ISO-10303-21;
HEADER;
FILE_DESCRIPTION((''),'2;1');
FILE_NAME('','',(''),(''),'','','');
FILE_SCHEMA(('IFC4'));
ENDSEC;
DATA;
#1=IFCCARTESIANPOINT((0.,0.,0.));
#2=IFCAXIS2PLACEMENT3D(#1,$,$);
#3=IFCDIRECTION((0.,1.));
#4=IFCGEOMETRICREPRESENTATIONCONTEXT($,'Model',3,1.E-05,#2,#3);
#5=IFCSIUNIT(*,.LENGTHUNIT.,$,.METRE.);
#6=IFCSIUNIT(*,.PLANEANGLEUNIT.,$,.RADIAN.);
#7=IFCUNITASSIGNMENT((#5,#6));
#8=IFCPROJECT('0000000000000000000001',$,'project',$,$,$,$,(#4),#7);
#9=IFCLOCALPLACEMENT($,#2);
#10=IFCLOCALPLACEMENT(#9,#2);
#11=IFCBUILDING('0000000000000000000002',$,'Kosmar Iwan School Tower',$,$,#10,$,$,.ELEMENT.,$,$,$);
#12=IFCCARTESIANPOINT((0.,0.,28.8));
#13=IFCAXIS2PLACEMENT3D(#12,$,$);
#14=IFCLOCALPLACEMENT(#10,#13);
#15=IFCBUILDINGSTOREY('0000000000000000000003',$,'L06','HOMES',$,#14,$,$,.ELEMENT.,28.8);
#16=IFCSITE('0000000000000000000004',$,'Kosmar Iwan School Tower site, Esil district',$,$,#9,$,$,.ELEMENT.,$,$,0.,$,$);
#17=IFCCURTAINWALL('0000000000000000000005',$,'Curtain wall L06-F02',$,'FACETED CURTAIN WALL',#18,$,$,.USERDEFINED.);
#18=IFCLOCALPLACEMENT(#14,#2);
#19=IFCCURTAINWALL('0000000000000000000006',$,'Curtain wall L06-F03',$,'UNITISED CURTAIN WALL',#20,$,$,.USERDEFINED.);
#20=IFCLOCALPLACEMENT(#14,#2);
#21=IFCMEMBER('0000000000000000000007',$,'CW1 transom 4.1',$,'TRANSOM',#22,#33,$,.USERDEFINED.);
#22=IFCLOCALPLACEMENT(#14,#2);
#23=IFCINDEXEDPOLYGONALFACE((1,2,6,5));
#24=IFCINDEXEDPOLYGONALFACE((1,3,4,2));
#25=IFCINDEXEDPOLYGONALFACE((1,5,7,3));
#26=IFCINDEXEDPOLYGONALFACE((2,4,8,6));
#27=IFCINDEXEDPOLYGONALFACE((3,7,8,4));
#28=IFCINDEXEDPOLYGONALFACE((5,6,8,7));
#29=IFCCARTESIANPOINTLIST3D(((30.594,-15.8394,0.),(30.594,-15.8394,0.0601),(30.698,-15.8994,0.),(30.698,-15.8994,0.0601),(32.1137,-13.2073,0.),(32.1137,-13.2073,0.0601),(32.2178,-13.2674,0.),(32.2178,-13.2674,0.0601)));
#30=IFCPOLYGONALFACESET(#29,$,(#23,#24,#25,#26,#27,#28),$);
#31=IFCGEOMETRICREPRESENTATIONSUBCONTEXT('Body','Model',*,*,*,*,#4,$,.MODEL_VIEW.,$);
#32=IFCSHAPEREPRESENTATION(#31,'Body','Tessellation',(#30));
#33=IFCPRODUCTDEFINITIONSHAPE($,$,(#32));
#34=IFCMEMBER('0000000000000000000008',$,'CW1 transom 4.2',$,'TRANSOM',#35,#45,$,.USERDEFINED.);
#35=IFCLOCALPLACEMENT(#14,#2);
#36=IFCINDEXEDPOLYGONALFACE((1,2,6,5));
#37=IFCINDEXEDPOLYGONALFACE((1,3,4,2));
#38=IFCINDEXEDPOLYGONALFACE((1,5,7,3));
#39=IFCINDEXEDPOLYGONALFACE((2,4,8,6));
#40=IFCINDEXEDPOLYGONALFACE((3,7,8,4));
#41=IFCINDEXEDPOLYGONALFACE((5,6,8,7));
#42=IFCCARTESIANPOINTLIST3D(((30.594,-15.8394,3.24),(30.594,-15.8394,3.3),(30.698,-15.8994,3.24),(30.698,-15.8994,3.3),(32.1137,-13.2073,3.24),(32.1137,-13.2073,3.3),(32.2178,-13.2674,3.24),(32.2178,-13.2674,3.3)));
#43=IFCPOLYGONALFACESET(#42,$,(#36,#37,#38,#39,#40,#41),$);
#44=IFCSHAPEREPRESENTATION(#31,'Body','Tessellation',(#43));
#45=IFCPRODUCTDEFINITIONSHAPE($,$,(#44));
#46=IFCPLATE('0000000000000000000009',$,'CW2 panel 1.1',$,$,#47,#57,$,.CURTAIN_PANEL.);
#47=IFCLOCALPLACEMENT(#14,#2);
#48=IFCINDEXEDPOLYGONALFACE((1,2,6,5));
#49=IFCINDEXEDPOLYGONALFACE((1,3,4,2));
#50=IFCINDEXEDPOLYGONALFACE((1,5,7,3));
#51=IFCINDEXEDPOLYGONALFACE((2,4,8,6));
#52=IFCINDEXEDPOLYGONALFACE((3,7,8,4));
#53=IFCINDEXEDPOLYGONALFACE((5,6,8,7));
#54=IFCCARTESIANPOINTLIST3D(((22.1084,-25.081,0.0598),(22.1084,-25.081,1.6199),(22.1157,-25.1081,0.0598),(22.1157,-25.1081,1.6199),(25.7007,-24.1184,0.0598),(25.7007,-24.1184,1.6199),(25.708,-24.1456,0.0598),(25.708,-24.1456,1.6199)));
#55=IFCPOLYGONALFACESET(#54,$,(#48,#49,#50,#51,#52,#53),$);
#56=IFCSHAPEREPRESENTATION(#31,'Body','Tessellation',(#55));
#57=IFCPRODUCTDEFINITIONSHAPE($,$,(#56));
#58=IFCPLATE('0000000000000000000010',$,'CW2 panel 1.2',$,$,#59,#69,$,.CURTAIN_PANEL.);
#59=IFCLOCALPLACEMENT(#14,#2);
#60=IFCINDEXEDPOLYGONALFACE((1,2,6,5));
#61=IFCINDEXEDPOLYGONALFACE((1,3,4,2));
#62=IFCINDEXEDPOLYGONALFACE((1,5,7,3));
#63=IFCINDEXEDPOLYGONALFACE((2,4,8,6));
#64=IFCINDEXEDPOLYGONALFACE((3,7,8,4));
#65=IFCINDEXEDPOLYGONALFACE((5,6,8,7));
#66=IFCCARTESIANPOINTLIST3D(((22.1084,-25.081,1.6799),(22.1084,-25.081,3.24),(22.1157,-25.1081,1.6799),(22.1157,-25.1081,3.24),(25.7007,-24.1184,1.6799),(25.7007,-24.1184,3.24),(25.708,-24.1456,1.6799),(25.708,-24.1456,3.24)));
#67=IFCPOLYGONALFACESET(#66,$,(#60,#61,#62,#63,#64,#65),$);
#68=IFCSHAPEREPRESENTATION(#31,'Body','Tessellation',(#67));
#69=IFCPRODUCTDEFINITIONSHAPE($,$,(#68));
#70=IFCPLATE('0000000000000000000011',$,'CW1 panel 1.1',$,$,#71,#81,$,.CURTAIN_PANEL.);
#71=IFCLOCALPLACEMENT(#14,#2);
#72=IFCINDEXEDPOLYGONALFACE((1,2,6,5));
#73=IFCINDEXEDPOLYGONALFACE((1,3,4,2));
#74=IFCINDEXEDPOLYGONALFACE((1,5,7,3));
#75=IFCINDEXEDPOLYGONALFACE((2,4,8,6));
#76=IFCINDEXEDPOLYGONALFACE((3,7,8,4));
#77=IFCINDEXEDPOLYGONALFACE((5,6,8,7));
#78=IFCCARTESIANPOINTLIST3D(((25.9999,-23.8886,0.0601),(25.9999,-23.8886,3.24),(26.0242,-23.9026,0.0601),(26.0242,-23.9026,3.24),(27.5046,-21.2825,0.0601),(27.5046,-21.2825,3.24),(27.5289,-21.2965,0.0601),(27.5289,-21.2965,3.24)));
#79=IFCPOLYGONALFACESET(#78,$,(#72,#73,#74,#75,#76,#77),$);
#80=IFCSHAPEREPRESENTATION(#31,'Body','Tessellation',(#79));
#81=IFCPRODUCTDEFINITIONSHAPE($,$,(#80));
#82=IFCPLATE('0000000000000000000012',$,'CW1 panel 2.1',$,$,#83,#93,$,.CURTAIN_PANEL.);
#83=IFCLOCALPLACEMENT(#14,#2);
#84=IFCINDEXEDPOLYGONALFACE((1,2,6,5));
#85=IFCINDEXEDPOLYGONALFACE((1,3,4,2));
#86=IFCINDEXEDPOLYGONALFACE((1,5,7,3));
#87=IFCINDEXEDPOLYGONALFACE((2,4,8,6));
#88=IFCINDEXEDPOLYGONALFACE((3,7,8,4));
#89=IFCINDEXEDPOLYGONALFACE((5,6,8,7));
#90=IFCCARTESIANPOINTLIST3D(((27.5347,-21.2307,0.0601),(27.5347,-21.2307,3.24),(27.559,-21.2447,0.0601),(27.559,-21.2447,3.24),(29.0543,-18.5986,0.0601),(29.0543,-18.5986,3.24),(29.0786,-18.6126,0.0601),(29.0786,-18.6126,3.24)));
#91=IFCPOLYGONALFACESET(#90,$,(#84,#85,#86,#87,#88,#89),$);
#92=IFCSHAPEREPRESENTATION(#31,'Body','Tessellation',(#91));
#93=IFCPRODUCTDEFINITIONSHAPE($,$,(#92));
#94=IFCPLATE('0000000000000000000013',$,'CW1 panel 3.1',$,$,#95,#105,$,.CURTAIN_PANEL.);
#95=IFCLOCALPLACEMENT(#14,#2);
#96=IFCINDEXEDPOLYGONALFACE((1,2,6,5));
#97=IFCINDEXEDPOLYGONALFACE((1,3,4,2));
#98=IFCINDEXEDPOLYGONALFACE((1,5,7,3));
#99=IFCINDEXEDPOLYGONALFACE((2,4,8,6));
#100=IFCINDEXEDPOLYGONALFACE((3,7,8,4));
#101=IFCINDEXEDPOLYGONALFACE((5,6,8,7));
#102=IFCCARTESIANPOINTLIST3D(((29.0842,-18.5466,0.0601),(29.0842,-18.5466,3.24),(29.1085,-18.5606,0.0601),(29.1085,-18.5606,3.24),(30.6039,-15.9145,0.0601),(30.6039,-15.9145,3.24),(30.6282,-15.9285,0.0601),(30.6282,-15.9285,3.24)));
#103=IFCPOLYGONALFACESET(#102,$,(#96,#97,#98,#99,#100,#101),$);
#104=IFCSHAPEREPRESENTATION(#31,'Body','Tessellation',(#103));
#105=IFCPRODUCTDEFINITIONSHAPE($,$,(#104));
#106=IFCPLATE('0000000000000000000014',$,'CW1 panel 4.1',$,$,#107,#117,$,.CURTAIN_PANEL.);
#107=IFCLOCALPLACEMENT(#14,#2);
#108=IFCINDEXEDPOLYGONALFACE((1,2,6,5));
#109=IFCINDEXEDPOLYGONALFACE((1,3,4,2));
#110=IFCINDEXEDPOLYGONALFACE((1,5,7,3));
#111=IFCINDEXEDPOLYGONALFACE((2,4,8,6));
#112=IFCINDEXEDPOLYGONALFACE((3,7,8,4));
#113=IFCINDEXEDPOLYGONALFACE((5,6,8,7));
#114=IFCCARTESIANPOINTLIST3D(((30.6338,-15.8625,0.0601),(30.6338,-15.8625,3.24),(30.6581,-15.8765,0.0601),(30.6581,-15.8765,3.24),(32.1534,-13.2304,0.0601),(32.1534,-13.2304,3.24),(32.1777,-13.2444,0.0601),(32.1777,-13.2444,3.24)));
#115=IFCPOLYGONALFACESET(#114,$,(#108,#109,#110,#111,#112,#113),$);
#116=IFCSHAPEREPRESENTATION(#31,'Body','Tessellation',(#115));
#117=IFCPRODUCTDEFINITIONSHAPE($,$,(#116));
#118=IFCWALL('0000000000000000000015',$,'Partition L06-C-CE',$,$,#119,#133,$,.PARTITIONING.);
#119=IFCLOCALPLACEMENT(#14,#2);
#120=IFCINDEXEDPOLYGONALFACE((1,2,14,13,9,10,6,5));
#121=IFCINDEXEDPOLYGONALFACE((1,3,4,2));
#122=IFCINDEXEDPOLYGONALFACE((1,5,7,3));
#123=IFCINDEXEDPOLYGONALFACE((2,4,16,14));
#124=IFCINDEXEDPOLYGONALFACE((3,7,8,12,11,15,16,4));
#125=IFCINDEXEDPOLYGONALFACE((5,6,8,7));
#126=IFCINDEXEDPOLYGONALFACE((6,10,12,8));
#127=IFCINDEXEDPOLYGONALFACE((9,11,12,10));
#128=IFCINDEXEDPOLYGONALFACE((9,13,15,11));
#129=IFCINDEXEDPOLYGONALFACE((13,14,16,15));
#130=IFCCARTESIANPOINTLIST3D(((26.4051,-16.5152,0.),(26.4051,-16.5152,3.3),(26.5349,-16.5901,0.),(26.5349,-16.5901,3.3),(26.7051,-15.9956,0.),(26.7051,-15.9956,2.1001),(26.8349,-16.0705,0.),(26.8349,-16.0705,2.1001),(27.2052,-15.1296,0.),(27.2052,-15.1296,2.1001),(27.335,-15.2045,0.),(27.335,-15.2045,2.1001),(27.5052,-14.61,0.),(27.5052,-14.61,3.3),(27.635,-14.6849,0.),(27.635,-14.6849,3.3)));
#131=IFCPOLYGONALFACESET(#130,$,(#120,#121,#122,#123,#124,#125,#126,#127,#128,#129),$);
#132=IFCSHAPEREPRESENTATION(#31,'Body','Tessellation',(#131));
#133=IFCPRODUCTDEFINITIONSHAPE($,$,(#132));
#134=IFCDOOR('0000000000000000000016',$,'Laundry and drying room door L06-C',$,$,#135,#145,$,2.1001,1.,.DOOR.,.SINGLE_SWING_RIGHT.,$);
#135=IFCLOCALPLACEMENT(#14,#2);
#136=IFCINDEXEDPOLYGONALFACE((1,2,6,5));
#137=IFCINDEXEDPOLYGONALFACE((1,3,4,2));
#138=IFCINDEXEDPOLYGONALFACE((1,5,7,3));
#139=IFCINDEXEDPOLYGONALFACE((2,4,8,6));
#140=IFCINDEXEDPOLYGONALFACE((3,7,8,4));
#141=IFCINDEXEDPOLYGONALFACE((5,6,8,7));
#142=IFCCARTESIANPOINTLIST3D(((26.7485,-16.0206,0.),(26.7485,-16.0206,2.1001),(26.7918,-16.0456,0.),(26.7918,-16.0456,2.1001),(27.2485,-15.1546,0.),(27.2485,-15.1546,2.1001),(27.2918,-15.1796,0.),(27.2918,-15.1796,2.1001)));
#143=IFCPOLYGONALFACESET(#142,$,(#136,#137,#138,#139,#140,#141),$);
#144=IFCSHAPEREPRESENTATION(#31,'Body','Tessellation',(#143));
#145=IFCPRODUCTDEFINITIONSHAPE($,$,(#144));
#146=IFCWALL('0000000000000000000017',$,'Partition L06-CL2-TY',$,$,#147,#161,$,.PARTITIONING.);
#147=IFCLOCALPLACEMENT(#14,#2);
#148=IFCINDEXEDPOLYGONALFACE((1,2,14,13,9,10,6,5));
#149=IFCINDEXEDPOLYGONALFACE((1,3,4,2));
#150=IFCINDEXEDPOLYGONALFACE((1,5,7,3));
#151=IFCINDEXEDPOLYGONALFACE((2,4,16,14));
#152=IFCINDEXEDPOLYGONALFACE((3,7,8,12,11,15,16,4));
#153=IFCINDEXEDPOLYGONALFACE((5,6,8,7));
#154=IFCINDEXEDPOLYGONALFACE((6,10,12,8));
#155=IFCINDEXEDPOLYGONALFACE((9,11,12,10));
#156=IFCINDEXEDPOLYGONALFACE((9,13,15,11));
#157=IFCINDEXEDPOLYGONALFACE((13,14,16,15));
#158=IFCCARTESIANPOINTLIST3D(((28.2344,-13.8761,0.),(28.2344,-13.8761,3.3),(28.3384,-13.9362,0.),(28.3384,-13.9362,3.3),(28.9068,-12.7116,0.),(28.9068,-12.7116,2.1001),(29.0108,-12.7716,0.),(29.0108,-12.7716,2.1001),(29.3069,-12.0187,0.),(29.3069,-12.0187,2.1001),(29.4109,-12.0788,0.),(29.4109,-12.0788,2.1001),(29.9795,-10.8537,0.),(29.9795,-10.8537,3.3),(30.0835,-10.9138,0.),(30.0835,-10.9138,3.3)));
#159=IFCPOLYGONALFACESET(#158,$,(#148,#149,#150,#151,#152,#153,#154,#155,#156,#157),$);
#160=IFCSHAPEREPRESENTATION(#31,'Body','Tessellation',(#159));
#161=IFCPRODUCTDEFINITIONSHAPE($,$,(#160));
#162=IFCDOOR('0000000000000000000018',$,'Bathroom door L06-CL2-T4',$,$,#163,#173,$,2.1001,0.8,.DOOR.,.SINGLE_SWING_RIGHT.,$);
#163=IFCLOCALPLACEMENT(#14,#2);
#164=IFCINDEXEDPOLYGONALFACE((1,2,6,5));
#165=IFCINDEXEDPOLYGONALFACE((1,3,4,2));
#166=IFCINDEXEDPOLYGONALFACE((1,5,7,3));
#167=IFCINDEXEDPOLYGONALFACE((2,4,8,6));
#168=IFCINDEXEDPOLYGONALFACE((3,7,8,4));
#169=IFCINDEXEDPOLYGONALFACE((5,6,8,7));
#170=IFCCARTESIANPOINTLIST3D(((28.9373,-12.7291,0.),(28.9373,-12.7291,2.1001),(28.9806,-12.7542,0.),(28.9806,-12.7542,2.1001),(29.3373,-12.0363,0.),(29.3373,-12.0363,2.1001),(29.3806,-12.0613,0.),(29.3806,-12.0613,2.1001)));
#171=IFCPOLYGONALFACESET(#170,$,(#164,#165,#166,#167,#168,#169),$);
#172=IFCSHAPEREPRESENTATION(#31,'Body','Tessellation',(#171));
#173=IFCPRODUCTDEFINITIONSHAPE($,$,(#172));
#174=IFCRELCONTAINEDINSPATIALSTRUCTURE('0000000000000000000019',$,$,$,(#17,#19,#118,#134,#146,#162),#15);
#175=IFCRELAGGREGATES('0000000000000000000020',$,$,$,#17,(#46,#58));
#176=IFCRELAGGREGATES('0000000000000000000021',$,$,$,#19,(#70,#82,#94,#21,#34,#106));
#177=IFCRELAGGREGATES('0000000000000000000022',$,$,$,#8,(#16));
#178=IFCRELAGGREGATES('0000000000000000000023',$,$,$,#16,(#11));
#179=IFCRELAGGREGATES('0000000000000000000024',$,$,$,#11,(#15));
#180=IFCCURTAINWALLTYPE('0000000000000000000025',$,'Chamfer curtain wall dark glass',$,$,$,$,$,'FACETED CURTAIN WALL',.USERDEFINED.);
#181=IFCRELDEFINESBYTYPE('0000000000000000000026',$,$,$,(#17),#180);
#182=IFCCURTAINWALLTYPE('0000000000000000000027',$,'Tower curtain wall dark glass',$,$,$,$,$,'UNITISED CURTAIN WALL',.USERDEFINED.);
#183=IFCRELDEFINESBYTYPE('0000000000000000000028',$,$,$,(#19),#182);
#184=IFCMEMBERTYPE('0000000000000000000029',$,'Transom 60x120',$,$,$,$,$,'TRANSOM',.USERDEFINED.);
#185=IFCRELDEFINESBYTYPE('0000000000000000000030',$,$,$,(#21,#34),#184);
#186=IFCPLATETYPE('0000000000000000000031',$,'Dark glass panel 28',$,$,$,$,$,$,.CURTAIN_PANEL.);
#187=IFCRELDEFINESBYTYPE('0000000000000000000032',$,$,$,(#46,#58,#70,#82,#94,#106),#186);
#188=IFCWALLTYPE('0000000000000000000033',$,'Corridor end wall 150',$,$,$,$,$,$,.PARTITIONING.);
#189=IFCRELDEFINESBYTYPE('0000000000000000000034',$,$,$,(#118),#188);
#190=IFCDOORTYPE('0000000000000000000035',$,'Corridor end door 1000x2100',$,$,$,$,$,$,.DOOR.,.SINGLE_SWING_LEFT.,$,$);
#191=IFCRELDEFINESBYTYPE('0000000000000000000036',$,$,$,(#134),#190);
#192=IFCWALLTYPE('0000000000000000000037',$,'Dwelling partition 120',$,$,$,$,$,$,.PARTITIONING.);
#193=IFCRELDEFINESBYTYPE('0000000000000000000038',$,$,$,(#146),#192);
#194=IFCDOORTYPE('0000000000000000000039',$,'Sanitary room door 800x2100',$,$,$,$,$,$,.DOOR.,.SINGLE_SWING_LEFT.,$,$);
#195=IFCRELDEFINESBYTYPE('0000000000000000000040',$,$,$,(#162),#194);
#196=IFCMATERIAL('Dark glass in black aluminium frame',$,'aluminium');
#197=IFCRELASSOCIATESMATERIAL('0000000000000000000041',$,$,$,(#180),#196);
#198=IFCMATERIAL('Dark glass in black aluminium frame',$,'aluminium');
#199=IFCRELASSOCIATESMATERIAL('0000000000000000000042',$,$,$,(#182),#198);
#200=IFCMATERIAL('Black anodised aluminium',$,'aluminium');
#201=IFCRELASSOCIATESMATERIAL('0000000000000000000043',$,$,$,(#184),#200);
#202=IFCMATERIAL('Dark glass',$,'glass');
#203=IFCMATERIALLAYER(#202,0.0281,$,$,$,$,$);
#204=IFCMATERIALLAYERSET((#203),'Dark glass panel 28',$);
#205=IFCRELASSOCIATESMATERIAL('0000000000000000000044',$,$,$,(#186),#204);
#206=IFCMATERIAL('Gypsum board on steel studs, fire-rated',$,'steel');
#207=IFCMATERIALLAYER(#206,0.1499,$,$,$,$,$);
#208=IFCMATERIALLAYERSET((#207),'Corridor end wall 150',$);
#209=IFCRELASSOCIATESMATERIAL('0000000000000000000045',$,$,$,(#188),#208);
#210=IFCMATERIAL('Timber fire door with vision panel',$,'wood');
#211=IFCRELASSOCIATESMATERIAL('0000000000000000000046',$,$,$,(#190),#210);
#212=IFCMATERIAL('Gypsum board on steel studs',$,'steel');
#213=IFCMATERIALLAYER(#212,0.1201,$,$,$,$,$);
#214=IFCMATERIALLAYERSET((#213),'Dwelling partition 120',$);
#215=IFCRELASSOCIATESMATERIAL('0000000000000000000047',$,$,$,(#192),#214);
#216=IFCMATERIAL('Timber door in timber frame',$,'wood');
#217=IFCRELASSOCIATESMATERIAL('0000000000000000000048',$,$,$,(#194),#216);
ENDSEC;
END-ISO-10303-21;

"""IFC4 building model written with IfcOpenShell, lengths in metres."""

from ifc_helpers import new_model, si_unit, direction, frame, frame_2d, origin, origin_2d, place, context, subcontext, project, spatial, rectangle, extrude, material, layer, layer_set, material_profile, profile_set, type_object, element, fill, aggregate, save


model = new_model("IFC4")

# Units and contexts
model_context = context("Model", 3, precision=1e-05, world=origin(), true_north=direction((0.0, 1.0)))
body_context = subcontext(model_context, "Body", "Model", "MODEL_VIEW")
ifc_project = project(units=[si_unit("LENGTHUNIT", "METRE"), si_unit("PLANEANGLEUNIT", "RADIAN")], contexts=[model_context])

# Site, building, storey
site_placement = place(None, origin())
site = spatial("IfcSite", under=ifc_project, at=site_placement, Name="Kosmar Iwan School Tower site, Esil district", CompositionType="ELEMENT", RefElevation=0.0)
building_placement = place(site_placement, origin())
building = spatial("IfcBuilding", under=site, at=building_placement, Name="Kosmar Iwan School Tower", CompositionType="ELEMENT")
storey_placement = place(building_placement, frame((0.0, 0.0, 28.8)))
storey = spatial("IfcBuildingStorey", under=building, at=storey_placement, Name="L06", Description="HOMES", CompositionType="ELEMENT", Elevation=28.8)

# Curtain wall
ifc_material_1 = material(Name="Dark glass in black aluminium frame", Category="aluminium")
curtain_wall_type_1 = type_object("IfcCurtainWallType", Name="Chamfer curtain wall dark glass", ElementType="FACETED CURTAIN WALL", PredefinedType="USERDEFINED", material=ifc_material_1)
curtain_wall_1_placement = place(storey_placement, origin())
curtain_wall_1 = element("IfcCurtainWall", 1, at=curtain_wall_1_placement, inside=storey, type_object=curtain_wall_type_1, Name="Curtain wall L06-F02", ObjectType="FACETED CURTAIN WALL", PredefinedType="USERDEFINED")

# Curtain wall, members
ifc_material_2 = material(Name="Dark glass in black aluminium frame", Category="aluminium")
curtain_wall_type_2 = type_object("IfcCurtainWallType", Name="Tower curtain wall dark glass", ElementType="UNITISED CURTAIN WALL", PredefinedType="USERDEFINED", material=ifc_material_2)
curtain_wall_2_placement = place(storey_placement, origin())
curtain_wall_2 = element("IfcCurtainWall", 2, at=curtain_wall_2_placement, inside=storey, type_object=curtain_wall_type_2, Name="Curtain wall L06-F03", ObjectType="UNITISED CURTAIN WALL", PredefinedType="USERDEFINED")
ifc_material_3 = material(Name="Black anodised aluminium", Category="aluminium")
ifc_material_profile_1 = material_profile(ifc_material_3, rectangle(XDim=0.1201, YDim=0.0601, at=origin_2d()), Name="TRANSOM 60x120")
ifc_profile_set_1 = profile_set([ifc_material_profile_1], Name="Black anodised aluminium")
member_type_1 = type_object("IfcMemberType", Name="Transom 60x120", ElementType="TRANSOM", PredefinedType="USERDEFINED", material=ifc_profile_set_1)
member_1_placement = place(storey_placement, frame((30.646, -15.8694, 0.03), z_axis=(0.500035, 0.866005, 0.0), x_axis=(-0.866005, 0.500035, 0.0)))
member_1 = element("IfcMember", 3, at=member_1_placement, type_object=member_type_1, Name="CW1 transom 4.1", ObjectType="TRANSOM", PredefinedType="USERDEFINED", context=body_context, shape_type="SweptSolid", body=[
    extrude(rectangle(XDim=0.1201, YDim=0.0601, at=origin_2d()), origin(), (0.0, 0.0, 1.0), 3.0393),
])
member_2_placement = place(storey_placement, frame((30.646, -15.8694, 3.27), z_axis=(0.500035, 0.866005, 0.0), x_axis=(-0.866005, 0.500035, 0.0)))
member_2 = element("IfcMember", 4, at=member_2_placement, type_object=member_type_1, Name="CW1 transom 4.2", ObjectType="TRANSOM", PredefinedType="USERDEFINED", context=body_context, shape_type="SweptSolid", body=[
    extrude(rectangle(XDim=0.1201, YDim=0.0601, at=origin_2d()), origin(), (0.0, 0.0, 1.0), 3.0393),
])

# Plates
ifc_material_4 = material(Name="Dark glass", Category="glass")
ifc_layer_1 = layer(ifc_material_4, 0.0281)
ifc_layer_set_1 = layer_set([ifc_layer_1], Name="Dark glass panel 28")
plate_type = type_object("IfcPlateType", Name="Dark glass panel 28", PredefinedType="CURTAIN_PANEL", material=ifc_layer_set_1)
plate_1_placement = place(storey_placement, frame((23.9082, -24.6133, 0.0598), z_axis=(0.0, 0.0, 1.0), x_axis=(0.965926, 0.258819, 0.0)))
plate_1 = element("IfcPlate", 5, at=plate_1_placement, type_object=plate_type, Name="CW2 panel 1.1", PredefinedType="CURTAIN_PANEL", context=body_context, shape_type="SweptSolid", body=[
    extrude(rectangle(XDim=3.719, YDim=0.0281, at=origin_2d()), origin(), (0.0, 0.0, 1.0), 1.5601),
])
plate_2_placement = place(storey_placement, frame((23.9082, -24.6133, 1.6799), z_axis=(0.0, 0.0, 1.0), x_axis=(0.965926, 0.258819, 0.0)))
plate_2 = element("IfcPlate", 6, at=plate_2_placement, type_object=plate_type, Name="CW2 panel 1.2", PredefinedType="CURTAIN_PANEL", context=body_context, shape_type="SweptSolid", body=[
    extrude(rectangle(XDim=3.719, YDim=0.0281, at=origin_2d()), origin(), (0.0, 0.0, 1.0), 1.5601),
])
aggregate(curtain_wall_1, [plate_1, plate_2])
plate_3_placement = place(storey_placement, frame((26.7644, -22.5925, 0.0601), z_axis=(0.0, 0.0, 1.0), x_axis=(0.5, 0.866025, 0.0)))
plate_3 = element("IfcPlate", 7, at=plate_3_placement, type_object=plate_type, Name="CW1 panel 1.1", PredefinedType="CURTAIN_PANEL", context=body_context, shape_type="SweptSolid", body=[
    extrude(rectangle(XDim=3.0093, YDim=0.0281, at=origin_2d()), origin(), (0.0, 0.0, 1.0), 3.1799),
])
plate_4_placement = place(storey_placement, frame((28.3066, -19.9216, 0.0601), z_axis=(0.0, 0.0, 1.0), x_axis=(0.5, 0.866025, 0.0)))
plate_4 = element("IfcPlate", 8, at=plate_4_placement, type_object=plate_type, Name="CW1 panel 2.1", PredefinedType="CURTAIN_PANEL", context=body_context, shape_type="SweptSolid", body=[
    extrude(rectangle(XDim=3.0393, YDim=0.0281, at=origin_2d()), origin(), (0.0, 0.0, 1.0), 3.1799),
])
plate_5_placement = place(storey_placement, frame((29.8562, -17.2375, 0.0601), z_axis=(0.0, 0.0, 1.0), x_axis=(0.5, 0.866025, 0.0)))
plate_5 = element("IfcPlate", 9, at=plate_5_placement, type_object=plate_type, Name="CW1 panel 3.1", PredefinedType="CURTAIN_PANEL", context=body_context, shape_type="SweptSolid", body=[
    extrude(rectangle(XDim=3.0393, YDim=0.0281, at=origin_2d()), origin(), (0.0, 0.0, 1.0), 3.1799),
])
plate_6_placement = place(storey_placement, frame((31.4058, -14.5535, 0.0601), z_axis=(0.0, 0.0, 1.0), x_axis=(0.5, 0.866025, 0.0)))
plate_6 = element("IfcPlate", 10, at=plate_6_placement, type_object=plate_type, Name="CW1 panel 4.1", PredefinedType="CURTAIN_PANEL", context=body_context, shape_type="SweptSolid", body=[
    extrude(rectangle(XDim=3.0393, YDim=0.0281, at=origin_2d()), origin(), (0.0, 0.0, 1.0), 3.1799),
])
aggregate(curtain_wall_2, [plate_3, plate_4, plate_5, member_1, member_2, plate_6])

# Walls, openings, doors
ifc_material_5 = material(Name="Gypsum board on steel studs, fire-rated", Category="steel")
ifc_layer_2 = layer(ifc_material_5, 0.1499)
ifc_layer_set_2 = layer_set([ifc_layer_2], Name="Corridor end wall 150")
wall_type_1 = type_object("IfcWallType", Name="Corridor end wall 150", PredefinedType="PARTITIONING", material=ifc_layer_set_2)
wall_1_placement = place(storey_placement, frame((26.47, -16.5527, 0.0), z_axis=(0.0, 0.0, 1.0), x_axis=(0.50003, 0.866008, 0.0)))
wall_1 = element("IfcWall", 11, at=wall_1_placement, inside=storey, type_object=wall_type_1, Name="Partition L06-C-CE", PredefinedType="PARTITIONING", context=body_context, shape_type="SweptSolid", body=[
    extrude(rectangle(XDim=2.2, YDim=0.1499, at=frame_2d((1.1001, 0.0))), origin(), (0.0, 0.0, 1.0), 3.3),
])
opening_1_placement = place(wall_1_placement, frame((0.6001, 0.0, 0.0)))
opening_1 = element("IfcOpeningElement", 12, at=opening_1_placement, cuts=wall_1, PredefinedType="OPENING", context=body_context, shape_type="SweptSolid", body=[
    extrude(rectangle(XDim=1.0, YDim=2.1001, at=frame_2d((0.5, 1.05))), frame((0.0, 0.0869, 0.0), z_axis=(0.0, -1.0, 0.0), x_axis=(1.0, 0.0, 0.0)), (0.0, 0.0, 1.0), 0.1738),
])
ifc_material_6 = material(Name="Timber fire door with vision panel", Category="wood")
door_type_1 = type_object("IfcDoorType", Name="Corridor end door 1000x2100", OperationType="SINGLE_SWING_LEFT", PredefinedType="DOOR", material=ifc_material_6)
door_1_placement = place(opening_1_placement, origin())
door_1 = element("IfcDoor", 13, at=door_1_placement, inside=storey, type_object=door_type_1, Name="Laundry and drying room door L06-C", OperationType="SINGLE_SWING_RIGHT", OverallHeight=2.1001, OverallWidth=1.0, PredefinedType="DOOR", context=body_context, shape_type="SweptSolid", body=[
    extrude(rectangle(XDim=1.0, YDim=2.1001, at=frame_2d((0.5, 1.05))), frame((0.0, 0.0249, 0.0), z_axis=(0.0, -1.0, 0.0), x_axis=(1.0, 0.0, 0.0)), (0.0, 0.0, 1.0), 0.05),
])
fill(opening_1, door_1)
ifc_material_7 = material(Name="Gypsum board on steel studs", Category="steel")
ifc_layer_3 = layer(ifc_material_7, 0.1201)
ifc_layer_set_3 = layer_set([ifc_layer_3], Name="Dwelling partition 120")
wall_type_2 = type_object("IfcWallType", Name="Dwelling partition 120", PredefinedType="PARTITIONING", material=ifc_layer_set_3)
wall_2_placement = place(storey_placement, frame((28.2864, -13.9062, 0.0), z_axis=(0.0, 0.0, 1.0), x_axis=(0.500021, 0.866013, 0.0)))
wall_2 = element("IfcWall", 14, at=wall_2_placement, inside=storey, type_object=wall_type_2, Name="Partition L06-CL2-TY", PredefinedType="PARTITIONING", context=body_context, shape_type="SweptSolid", body=[
    extrude(rectangle(XDim=3.49, YDim=0.1201, at=frame_2d((1.7451, 0.0))), origin(), (0.0, 0.0, 1.0), 3.3),
])
opening_2_placement = place(wall_2_placement, frame((1.345, 0.0, 0.0)))
opening_2 = element("IfcOpeningElement", 15, at=opening_2_placement, cuts=wall_2, PredefinedType="OPENING", context=body_context, shape_type="SweptSolid", body=[
    extrude(rectangle(XDim=0.8, YDim=2.1001, at=frame_2d((0.3999, 1.05))), frame((0.0, 0.072, 0.0), z_axis=(0.0, -1.0, 0.0), x_axis=(1.0, 0.0, 0.0)), (0.0, 0.0, 1.0), 0.144),
])
ifc_material_8 = material(Name="Timber door in timber frame", Category="wood")
door_type_2 = type_object("IfcDoorType", Name="Sanitary room door 800x2100", OperationType="SINGLE_SWING_LEFT", PredefinedType="DOOR", material=ifc_material_8)
door_2_placement = place(opening_2_placement, origin())
door_2 = element("IfcDoor", 16, at=door_2_placement, inside=storey, type_object=door_type_2, Name="Bathroom door L06-CL2-T4", OperationType="SINGLE_SWING_RIGHT", OverallHeight=2.1001, OverallWidth=0.8, PredefinedType="DOOR", context=body_context, shape_type="SweptSolid", body=[
    extrude(rectangle(XDim=0.8, YDim=2.1001, at=frame_2d((0.3999, 1.05))), frame((0.0, 0.0249, 0.0), z_axis=(0.0, -1.0, 0.0), x_axis=(1.0, 0.0, 0.0)), (0.0, 0.0, 1.0), 0.05),
])
fill(opening_2, door_2)

save(model, "model.ifc")
